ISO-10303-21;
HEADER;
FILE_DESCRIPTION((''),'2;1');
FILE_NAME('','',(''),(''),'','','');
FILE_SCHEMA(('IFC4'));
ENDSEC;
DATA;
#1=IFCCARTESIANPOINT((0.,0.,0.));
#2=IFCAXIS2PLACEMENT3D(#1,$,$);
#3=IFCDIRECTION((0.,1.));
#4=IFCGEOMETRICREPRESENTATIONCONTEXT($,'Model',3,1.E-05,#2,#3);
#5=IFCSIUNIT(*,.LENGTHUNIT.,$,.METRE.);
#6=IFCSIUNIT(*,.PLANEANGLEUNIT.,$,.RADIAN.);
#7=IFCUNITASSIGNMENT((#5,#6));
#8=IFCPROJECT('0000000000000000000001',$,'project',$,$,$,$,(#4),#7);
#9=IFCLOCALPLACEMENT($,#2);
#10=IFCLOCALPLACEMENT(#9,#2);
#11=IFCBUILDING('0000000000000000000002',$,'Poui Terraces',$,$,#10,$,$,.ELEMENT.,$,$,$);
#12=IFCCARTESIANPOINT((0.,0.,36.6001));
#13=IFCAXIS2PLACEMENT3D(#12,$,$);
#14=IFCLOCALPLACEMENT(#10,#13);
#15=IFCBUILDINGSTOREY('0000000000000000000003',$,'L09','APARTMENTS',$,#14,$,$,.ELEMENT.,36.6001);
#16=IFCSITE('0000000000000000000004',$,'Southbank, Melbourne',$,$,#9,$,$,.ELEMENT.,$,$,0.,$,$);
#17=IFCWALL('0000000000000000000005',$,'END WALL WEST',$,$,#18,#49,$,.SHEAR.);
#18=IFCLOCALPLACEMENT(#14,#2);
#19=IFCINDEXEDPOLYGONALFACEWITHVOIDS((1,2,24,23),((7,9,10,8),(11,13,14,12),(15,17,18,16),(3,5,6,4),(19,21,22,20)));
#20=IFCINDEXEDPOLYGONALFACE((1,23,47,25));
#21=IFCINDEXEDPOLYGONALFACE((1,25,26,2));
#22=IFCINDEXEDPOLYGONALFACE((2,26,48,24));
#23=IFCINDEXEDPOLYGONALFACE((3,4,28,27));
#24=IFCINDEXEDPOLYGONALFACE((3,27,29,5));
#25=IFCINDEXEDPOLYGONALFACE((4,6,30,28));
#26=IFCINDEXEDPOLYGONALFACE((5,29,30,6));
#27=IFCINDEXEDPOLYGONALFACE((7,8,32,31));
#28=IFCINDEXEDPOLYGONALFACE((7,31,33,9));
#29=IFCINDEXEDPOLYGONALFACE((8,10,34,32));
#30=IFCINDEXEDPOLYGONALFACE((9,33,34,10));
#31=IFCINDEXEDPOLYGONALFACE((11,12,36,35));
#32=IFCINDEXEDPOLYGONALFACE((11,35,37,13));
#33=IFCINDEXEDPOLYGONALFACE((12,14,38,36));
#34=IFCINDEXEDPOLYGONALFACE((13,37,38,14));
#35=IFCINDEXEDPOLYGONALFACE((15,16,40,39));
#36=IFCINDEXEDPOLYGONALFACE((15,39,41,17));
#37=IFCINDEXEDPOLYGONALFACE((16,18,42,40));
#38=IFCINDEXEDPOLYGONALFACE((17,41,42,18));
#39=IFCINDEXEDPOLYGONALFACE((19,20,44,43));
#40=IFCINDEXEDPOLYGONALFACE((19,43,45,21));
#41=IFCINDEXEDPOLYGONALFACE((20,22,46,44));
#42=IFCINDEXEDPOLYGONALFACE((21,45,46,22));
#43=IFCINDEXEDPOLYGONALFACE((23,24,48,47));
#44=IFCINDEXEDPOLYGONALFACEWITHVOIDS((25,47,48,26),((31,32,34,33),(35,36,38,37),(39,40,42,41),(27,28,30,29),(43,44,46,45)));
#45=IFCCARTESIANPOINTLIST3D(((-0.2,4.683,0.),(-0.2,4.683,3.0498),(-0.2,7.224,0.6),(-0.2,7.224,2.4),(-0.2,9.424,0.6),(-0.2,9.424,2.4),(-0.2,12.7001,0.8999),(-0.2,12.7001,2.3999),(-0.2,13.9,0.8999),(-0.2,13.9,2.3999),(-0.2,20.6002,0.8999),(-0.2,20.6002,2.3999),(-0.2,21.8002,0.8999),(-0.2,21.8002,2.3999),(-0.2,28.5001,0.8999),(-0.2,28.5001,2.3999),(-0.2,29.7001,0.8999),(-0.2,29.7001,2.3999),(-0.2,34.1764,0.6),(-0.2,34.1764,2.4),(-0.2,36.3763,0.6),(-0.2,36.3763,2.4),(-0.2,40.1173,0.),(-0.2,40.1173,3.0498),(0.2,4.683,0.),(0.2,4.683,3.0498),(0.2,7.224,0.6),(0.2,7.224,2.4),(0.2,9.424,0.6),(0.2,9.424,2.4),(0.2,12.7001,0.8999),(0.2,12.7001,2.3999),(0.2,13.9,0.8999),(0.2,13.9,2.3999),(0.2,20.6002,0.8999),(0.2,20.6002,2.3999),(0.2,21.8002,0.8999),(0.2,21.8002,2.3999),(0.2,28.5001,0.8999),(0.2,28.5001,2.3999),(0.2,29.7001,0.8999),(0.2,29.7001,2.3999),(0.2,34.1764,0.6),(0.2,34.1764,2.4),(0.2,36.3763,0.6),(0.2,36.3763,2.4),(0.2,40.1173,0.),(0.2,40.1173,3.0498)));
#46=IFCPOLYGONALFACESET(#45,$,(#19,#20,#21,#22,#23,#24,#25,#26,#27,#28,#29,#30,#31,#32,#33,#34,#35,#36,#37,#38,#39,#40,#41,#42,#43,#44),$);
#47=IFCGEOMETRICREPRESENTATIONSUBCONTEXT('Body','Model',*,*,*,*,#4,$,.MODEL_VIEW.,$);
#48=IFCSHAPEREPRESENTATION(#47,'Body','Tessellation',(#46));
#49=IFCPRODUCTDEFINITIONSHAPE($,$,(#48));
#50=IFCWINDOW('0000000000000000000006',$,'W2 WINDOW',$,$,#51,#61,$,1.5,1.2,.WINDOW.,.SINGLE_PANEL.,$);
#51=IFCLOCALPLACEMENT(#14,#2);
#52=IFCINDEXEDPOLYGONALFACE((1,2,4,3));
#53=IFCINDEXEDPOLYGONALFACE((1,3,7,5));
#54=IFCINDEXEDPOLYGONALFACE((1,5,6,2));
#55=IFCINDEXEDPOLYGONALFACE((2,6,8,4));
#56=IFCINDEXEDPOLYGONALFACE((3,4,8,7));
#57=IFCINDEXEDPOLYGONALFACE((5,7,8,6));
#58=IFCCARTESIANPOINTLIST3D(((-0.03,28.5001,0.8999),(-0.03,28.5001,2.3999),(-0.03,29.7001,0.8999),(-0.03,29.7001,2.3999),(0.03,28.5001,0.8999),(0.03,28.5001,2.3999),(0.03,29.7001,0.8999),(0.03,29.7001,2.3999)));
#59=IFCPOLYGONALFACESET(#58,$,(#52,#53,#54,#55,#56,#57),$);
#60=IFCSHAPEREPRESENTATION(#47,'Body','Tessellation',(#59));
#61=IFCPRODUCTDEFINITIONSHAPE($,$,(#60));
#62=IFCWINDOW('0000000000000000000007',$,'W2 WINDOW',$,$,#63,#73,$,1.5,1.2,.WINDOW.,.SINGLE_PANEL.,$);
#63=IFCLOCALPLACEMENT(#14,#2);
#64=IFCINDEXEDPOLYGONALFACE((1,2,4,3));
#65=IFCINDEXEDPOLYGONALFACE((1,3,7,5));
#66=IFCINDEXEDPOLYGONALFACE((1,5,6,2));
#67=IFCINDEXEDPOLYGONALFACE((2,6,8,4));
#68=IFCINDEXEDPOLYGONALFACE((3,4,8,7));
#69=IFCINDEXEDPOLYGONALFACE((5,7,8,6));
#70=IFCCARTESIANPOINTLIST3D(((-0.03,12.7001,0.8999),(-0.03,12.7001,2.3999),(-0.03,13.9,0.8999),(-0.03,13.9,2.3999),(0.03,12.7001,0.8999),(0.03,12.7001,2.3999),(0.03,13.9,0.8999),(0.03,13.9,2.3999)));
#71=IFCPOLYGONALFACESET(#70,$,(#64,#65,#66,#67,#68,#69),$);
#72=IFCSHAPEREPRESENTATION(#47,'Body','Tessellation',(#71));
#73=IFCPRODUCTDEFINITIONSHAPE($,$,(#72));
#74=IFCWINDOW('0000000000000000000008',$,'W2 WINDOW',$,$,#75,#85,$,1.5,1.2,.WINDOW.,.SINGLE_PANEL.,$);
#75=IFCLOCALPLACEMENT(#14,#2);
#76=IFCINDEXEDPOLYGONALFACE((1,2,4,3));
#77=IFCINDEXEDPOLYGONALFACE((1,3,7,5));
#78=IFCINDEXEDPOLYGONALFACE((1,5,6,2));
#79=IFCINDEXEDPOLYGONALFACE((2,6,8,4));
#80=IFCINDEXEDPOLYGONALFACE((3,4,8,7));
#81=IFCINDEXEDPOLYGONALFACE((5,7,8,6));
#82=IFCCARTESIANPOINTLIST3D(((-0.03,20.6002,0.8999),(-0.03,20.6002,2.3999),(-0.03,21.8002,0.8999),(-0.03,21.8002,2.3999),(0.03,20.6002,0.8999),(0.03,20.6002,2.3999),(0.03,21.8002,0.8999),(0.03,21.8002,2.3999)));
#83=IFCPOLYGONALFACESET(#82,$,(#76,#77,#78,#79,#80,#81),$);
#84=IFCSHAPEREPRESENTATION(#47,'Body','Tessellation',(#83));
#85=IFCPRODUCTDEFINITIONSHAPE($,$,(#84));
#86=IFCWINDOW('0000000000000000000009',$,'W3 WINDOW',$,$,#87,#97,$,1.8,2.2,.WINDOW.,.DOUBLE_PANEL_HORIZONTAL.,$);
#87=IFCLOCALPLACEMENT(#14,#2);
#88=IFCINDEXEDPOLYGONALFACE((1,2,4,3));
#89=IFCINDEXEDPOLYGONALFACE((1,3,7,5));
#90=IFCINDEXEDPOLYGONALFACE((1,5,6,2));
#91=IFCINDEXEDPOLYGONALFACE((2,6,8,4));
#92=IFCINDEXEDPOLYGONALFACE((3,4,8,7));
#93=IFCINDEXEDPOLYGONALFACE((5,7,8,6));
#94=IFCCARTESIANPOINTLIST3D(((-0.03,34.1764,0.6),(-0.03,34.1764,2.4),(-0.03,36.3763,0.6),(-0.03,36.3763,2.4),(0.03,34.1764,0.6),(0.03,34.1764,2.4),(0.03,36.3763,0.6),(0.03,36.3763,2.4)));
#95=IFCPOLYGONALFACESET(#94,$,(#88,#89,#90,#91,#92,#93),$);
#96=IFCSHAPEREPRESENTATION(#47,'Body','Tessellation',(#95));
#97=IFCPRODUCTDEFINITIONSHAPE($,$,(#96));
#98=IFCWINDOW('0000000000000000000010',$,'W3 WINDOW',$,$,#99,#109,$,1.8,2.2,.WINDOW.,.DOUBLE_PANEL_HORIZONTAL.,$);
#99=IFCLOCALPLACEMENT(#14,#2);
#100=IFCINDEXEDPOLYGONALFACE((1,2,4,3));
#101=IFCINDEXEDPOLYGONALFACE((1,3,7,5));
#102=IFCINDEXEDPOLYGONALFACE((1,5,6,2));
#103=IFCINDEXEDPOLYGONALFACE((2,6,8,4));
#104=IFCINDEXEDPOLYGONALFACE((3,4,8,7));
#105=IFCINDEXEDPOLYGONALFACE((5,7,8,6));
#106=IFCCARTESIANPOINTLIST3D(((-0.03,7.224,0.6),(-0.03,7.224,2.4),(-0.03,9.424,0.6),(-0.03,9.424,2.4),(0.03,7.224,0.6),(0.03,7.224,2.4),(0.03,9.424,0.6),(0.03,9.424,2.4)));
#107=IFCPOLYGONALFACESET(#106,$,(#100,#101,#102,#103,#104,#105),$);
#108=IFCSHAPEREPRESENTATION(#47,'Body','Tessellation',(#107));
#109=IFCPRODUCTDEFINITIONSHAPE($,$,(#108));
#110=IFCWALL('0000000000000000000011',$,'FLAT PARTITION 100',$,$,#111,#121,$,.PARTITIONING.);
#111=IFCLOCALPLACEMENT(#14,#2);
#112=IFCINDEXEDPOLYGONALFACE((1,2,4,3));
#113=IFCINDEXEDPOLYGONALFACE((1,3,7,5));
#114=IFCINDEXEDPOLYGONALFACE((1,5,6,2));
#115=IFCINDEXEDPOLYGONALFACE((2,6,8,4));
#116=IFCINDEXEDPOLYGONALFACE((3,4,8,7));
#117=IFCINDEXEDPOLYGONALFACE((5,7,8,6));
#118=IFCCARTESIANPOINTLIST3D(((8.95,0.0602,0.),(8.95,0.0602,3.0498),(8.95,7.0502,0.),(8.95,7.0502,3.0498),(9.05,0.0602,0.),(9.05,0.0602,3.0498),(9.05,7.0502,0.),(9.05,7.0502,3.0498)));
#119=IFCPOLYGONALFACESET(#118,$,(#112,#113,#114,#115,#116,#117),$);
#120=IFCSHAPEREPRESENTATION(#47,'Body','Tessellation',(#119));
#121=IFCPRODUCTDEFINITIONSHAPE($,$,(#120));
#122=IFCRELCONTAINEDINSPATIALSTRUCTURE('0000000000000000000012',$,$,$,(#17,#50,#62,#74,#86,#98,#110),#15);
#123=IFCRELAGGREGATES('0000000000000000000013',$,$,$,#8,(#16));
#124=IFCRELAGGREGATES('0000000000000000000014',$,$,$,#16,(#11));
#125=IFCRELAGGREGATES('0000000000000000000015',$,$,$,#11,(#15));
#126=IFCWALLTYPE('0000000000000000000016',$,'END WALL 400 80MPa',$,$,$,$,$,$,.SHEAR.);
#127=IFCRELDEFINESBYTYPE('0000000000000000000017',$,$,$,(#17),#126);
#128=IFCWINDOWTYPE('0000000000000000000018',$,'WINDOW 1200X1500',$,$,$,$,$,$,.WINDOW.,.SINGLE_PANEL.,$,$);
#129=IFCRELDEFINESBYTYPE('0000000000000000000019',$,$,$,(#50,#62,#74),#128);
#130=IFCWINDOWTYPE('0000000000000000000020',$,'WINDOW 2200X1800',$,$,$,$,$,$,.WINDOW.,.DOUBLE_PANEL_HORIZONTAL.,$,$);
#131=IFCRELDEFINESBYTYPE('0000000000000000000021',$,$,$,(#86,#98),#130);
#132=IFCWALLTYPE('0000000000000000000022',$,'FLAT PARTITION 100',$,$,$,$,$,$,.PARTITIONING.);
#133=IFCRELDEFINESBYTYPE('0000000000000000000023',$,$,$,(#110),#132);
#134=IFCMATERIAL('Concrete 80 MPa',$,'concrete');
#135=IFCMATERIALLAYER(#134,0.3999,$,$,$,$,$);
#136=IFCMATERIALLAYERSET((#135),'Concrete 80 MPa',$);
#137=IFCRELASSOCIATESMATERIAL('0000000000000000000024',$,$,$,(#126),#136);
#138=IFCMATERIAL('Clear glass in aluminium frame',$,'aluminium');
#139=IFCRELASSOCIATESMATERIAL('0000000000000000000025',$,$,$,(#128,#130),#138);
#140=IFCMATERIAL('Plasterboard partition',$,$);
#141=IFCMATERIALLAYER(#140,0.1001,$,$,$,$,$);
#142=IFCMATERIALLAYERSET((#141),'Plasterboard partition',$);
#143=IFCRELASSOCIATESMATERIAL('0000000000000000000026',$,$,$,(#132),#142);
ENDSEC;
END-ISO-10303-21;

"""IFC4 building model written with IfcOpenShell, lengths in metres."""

from ifc_helpers import new_model, si_unit, direction, frame, frame_2d, origin, place, context, subcontext, project, spatial, rectangle, extrude, material, layer, layer_set, type_object, element, fill, save


model = new_model("IFC4")

# Units and contexts
model_context = context("Model", 3, precision=1e-05, world=origin(), true_north=direction((0.0, 1.0)))
body_context = subcontext(model_context, "Body", "Model", "MODEL_VIEW")
ifc_project = project(units=[si_unit("LENGTHUNIT", "METRE"), si_unit("PLANEANGLEUNIT", "RADIAN")], contexts=[model_context])

# Site, building, storey
site_placement = place(None, origin())
site = spatial("IfcSite", under=ifc_project, at=site_placement, Name="Southbank, Melbourne", CompositionType="ELEMENT", RefElevation=0.0)
building_placement = place(site_placement, origin())
building = spatial("IfcBuilding", under=site, at=building_placement, Name="Poui Terraces", CompositionType="ELEMENT")
storey_placement = place(building_placement, frame((0.0, 0.0, 36.6001)))
storey = spatial("IfcBuildingStorey", under=building, at=storey_placement, Name="L09", Description="APARTMENTS", CompositionType="ELEMENT", Elevation=36.6001)

# Shared definitions
ifc_material_1 = material(Name="Concrete 80 MPa", Category="concrete")

# Wall, openings, windows
ifc_layer_1 = layer(ifc_material_1, 0.3999)
ifc_layer_set_1 = layer_set([ifc_layer_1], Name="Concrete 80 MPa")
wall_type_1 = type_object("IfcWallType", Name="END WALL 400 80MPa", PredefinedType="SHEAR", material=ifc_layer_set_1)
wall_1_placement = place(storey_placement, frame((0.0, 4.6829, 0.0), z_axis=(0.0, 0.0, 1.0), x_axis=(0.0, 1.0, 0.0)))
wall_1 = element("IfcWall", 1, at=wall_1_placement, inside=storey, type_object=wall_type_1, Name="END WALL WEST", PredefinedType="SHEAR", context=body_context, shape_type="SweptSolid", body=[
    extrude(rectangle(XDim=35.4343, YDim=0.3999, at=frame_2d((17.7173, 0.0))), origin(), (0.0, 0.0, 1.0), 3.0498),
])
opening_1_placement = place(wall_1_placement, frame((23.8171, 0.0, 0.8999)))
opening_1 = element("IfcOpeningElement", 2, at=opening_1_placement, cuts=wall_1, PredefinedType="OPENING", context=body_context, shape_type="SweptSolid", body=[
    extrude(rectangle(XDim=1.2, YDim=1.5, at=frame_2d((0.6001, 0.75))), frame((0.0, 0.21, 0.0), z_axis=(0.0, -1.0, 0.0), x_axis=(1.0, 0.0, 0.0)), (0.0, 0.0, 1.0), 0.4199),
])
opening_2_placement = place(wall_1_placement, frame((8.0171, 0.0, 0.8999)))
opening_2 = element("IfcOpeningElement", 3, at=opening_2_placement, cuts=wall_1, PredefinedType="OPENING", context=body_context, shape_type="SweptSolid", body=[
    extrude(rectangle(XDim=1.2, YDim=1.5, at=frame_2d((0.6001, 0.75))), frame((0.0, 0.21, 0.0), z_axis=(0.0, -1.0, 0.0), x_axis=(1.0, 0.0, 0.0)), (0.0, 0.0, 1.0), 0.4199),
])
opening_3_placement = place(wall_1_placement, frame((15.9172, 0.0, 0.8999)))
opening_3 = element("IfcOpeningElement", 4, at=opening_3_placement, cuts=wall_1, PredefinedType="OPENING", context=body_context, shape_type="SweptSolid", body=[
    extrude(rectangle(XDim=1.2, YDim=1.5, at=frame_2d((0.6001, 0.75))), frame((0.0, 0.21, 0.0), z_axis=(0.0, -1.0, 0.0), x_axis=(1.0, 0.0, 0.0)), (0.0, 0.0, 1.0), 0.4199),
])
opening_4_placement = place(wall_1_placement, frame((29.4934, 0.0, 0.6001)))
opening_4 = element("IfcOpeningElement", 5, at=opening_4_placement, cuts=wall_1, PredefinedType="OPENING", context=body_context, shape_type="SweptSolid", body=[
    extrude(rectangle(XDim=2.2, YDim=1.8, at=frame_2d((1.1001, 0.8999))), frame((0.0, 0.21, 0.0), z_axis=(0.0, -1.0, 0.0), x_axis=(1.0, 0.0, 0.0)), (0.0, 0.0, 1.0), 0.4199),
])
opening_5_placement = place(wall_1_placement, frame((2.541, 0.0, 0.6001)))
opening_5 = element("IfcOpeningElement", 6, at=opening_5_placement, cuts=wall_1, PredefinedType="OPENING", context=body_context, shape_type="SweptSolid", body=[
    extrude(rectangle(XDim=2.2, YDim=1.8, at=frame_2d((1.1001, 0.8999))), frame((0.0, 0.21, 0.0), z_axis=(0.0, -1.0, 0.0), x_axis=(1.0, 0.0, 0.0)), (0.0, 0.0, 1.0), 0.4199),
])
ifc_material_2 = material(Name="Clear glass in aluminium frame", Category="aluminium")
window_type_1 = type_object("IfcWindowType", Name="WINDOW 1200X1500", PartitioningType="SINGLE_PANEL", PredefinedType="WINDOW", material=ifc_material_2)
window_1_placement = place(opening_1_placement, origin())
window_1 = element("IfcWindow", 7, at=window_1_placement, inside=storey, type_object=window_type_1, Name="W2 WINDOW", OverallHeight=1.5, OverallWidth=1.2, PartitioningType="SINGLE_PANEL", PredefinedType="WINDOW", context=body_context, shape_type="SweptSolid", body=[
    extrude(rectangle(XDim=1.2, YDim=1.5, at=frame_2d((0.6001, 0.75))), frame((0.0, 0.03, 0.0), z_axis=(0.0, -1.0, 0.0), x_axis=(1.0, 0.0, 0.0)), (0.0, 0.0, 1.0), 0.0601),
])
fill(opening_1, window_1)
window_2_placement = place(opening_2_placement, origin())
window_2 = element("IfcWindow", 8, at=window_2_placement, inside=storey, type_object=window_type_1, Name="W2 WINDOW", OverallHeight=1.5, OverallWidth=1.2, PartitioningType="SINGLE_PANEL", PredefinedType="WINDOW", context=body_context, shape_type="SweptSolid", body=[
    extrude(rectangle(XDim=1.2, YDim=1.5, at=frame_2d((0.6001, 0.75))), frame((0.0, 0.03, 0.0), z_axis=(0.0, -1.0, 0.0), x_axis=(1.0, 0.0, 0.0)), (0.0, 0.0, 1.0), 0.0601),
])
fill(opening_2, window_2)
window_3_placement = place(opening_3_placement, origin())
window_3 = element("IfcWindow", 9, at=window_3_placement, inside=storey, type_object=window_type_1, Name="W2 WINDOW", OverallHeight=1.5, OverallWidth=1.2, PartitioningType="SINGLE_PANEL", PredefinedType="WINDOW", context=body_context, shape_type="SweptSolid", body=[
    extrude(rectangle(XDim=1.2, YDim=1.5, at=frame_2d((0.6001, 0.75))), frame((0.0, 0.03, 0.0), z_axis=(0.0, -1.0, 0.0), x_axis=(1.0, 0.0, 0.0)), (0.0, 0.0, 1.0), 0.0601),
])
fill(opening_3, window_3)
window_type_2 = type_object("IfcWindowType", Name="WINDOW 2200X1800", PartitioningType="DOUBLE_PANEL_HORIZONTAL", PredefinedType="WINDOW", material=ifc_material_2)
window_4_placement = place(opening_4_placement, origin())
window_4 = element("IfcWindow", 10, at=window_4_placement, inside=storey, type_object=window_type_2, Name="W3 WINDOW", OverallHeight=1.8, OverallWidth=2.2, PartitioningType="DOUBLE_PANEL_HORIZONTAL", PredefinedType="WINDOW", context=body_context, shape_type="SweptSolid", body=[
    extrude(rectangle(XDim=2.2, YDim=1.8, at=frame_2d((1.1001, 0.8999))), frame((0.0, 0.03, 0.0), z_axis=(0.0, -1.0, 0.0), x_axis=(1.0, 0.0, 0.0)), (0.0, 0.0, 1.0), 0.0601),
])
fill(opening_4, window_4)
window_5_placement = place(opening_5_placement, origin())
window_5 = element("IfcWindow", 11, at=window_5_placement, inside=storey, type_object=window_type_2, Name="W3 WINDOW", OverallHeight=1.8, OverallWidth=2.2, PartitioningType="DOUBLE_PANEL_HORIZONTAL", PredefinedType="WINDOW", context=body_context, shape_type="SweptSolid", body=[
    extrude(rectangle(XDim=2.2, YDim=1.8, at=frame_2d((1.1001, 0.8999))), frame((0.0, 0.03, 0.0), z_axis=(0.0, -1.0, 0.0), x_axis=(1.0, 0.0, 0.0)), (0.0, 0.0, 1.0), 0.0601),
])
fill(opening_5, window_5)

# Wall
ifc_material_3 = material(Name="Plasterboard partition")
ifc_layer_2 = layer(ifc_material_3, 0.1001)
ifc_layer_set_2 = layer_set([ifc_layer_2], Name="Plasterboard partition")
wall_type_2 = type_object("IfcWallType", Name="FLAT PARTITION 100", PredefinedType="PARTITIONING", material=ifc_layer_set_2)
wall_2_placement = place(storey_placement, frame((9.0, 0.0601, 0.0), z_axis=(0.0, 0.0, 1.0), x_axis=(0.0, 1.0, 0.0)))
element("IfcWall", 12, at=wall_2_placement, inside=storey, type_object=wall_type_2, Name="FLAT PARTITION 100", PredefinedType="PARTITIONING", context=body_context, shape_type="SweptSolid", body=[
    extrude(rectangle(XDim=6.99, YDim=0.1001, at=frame_2d((3.4951, 0.0))), origin(), (0.0, 0.0, 1.0), 3.0498),
])

save(model, "model.ifc")
